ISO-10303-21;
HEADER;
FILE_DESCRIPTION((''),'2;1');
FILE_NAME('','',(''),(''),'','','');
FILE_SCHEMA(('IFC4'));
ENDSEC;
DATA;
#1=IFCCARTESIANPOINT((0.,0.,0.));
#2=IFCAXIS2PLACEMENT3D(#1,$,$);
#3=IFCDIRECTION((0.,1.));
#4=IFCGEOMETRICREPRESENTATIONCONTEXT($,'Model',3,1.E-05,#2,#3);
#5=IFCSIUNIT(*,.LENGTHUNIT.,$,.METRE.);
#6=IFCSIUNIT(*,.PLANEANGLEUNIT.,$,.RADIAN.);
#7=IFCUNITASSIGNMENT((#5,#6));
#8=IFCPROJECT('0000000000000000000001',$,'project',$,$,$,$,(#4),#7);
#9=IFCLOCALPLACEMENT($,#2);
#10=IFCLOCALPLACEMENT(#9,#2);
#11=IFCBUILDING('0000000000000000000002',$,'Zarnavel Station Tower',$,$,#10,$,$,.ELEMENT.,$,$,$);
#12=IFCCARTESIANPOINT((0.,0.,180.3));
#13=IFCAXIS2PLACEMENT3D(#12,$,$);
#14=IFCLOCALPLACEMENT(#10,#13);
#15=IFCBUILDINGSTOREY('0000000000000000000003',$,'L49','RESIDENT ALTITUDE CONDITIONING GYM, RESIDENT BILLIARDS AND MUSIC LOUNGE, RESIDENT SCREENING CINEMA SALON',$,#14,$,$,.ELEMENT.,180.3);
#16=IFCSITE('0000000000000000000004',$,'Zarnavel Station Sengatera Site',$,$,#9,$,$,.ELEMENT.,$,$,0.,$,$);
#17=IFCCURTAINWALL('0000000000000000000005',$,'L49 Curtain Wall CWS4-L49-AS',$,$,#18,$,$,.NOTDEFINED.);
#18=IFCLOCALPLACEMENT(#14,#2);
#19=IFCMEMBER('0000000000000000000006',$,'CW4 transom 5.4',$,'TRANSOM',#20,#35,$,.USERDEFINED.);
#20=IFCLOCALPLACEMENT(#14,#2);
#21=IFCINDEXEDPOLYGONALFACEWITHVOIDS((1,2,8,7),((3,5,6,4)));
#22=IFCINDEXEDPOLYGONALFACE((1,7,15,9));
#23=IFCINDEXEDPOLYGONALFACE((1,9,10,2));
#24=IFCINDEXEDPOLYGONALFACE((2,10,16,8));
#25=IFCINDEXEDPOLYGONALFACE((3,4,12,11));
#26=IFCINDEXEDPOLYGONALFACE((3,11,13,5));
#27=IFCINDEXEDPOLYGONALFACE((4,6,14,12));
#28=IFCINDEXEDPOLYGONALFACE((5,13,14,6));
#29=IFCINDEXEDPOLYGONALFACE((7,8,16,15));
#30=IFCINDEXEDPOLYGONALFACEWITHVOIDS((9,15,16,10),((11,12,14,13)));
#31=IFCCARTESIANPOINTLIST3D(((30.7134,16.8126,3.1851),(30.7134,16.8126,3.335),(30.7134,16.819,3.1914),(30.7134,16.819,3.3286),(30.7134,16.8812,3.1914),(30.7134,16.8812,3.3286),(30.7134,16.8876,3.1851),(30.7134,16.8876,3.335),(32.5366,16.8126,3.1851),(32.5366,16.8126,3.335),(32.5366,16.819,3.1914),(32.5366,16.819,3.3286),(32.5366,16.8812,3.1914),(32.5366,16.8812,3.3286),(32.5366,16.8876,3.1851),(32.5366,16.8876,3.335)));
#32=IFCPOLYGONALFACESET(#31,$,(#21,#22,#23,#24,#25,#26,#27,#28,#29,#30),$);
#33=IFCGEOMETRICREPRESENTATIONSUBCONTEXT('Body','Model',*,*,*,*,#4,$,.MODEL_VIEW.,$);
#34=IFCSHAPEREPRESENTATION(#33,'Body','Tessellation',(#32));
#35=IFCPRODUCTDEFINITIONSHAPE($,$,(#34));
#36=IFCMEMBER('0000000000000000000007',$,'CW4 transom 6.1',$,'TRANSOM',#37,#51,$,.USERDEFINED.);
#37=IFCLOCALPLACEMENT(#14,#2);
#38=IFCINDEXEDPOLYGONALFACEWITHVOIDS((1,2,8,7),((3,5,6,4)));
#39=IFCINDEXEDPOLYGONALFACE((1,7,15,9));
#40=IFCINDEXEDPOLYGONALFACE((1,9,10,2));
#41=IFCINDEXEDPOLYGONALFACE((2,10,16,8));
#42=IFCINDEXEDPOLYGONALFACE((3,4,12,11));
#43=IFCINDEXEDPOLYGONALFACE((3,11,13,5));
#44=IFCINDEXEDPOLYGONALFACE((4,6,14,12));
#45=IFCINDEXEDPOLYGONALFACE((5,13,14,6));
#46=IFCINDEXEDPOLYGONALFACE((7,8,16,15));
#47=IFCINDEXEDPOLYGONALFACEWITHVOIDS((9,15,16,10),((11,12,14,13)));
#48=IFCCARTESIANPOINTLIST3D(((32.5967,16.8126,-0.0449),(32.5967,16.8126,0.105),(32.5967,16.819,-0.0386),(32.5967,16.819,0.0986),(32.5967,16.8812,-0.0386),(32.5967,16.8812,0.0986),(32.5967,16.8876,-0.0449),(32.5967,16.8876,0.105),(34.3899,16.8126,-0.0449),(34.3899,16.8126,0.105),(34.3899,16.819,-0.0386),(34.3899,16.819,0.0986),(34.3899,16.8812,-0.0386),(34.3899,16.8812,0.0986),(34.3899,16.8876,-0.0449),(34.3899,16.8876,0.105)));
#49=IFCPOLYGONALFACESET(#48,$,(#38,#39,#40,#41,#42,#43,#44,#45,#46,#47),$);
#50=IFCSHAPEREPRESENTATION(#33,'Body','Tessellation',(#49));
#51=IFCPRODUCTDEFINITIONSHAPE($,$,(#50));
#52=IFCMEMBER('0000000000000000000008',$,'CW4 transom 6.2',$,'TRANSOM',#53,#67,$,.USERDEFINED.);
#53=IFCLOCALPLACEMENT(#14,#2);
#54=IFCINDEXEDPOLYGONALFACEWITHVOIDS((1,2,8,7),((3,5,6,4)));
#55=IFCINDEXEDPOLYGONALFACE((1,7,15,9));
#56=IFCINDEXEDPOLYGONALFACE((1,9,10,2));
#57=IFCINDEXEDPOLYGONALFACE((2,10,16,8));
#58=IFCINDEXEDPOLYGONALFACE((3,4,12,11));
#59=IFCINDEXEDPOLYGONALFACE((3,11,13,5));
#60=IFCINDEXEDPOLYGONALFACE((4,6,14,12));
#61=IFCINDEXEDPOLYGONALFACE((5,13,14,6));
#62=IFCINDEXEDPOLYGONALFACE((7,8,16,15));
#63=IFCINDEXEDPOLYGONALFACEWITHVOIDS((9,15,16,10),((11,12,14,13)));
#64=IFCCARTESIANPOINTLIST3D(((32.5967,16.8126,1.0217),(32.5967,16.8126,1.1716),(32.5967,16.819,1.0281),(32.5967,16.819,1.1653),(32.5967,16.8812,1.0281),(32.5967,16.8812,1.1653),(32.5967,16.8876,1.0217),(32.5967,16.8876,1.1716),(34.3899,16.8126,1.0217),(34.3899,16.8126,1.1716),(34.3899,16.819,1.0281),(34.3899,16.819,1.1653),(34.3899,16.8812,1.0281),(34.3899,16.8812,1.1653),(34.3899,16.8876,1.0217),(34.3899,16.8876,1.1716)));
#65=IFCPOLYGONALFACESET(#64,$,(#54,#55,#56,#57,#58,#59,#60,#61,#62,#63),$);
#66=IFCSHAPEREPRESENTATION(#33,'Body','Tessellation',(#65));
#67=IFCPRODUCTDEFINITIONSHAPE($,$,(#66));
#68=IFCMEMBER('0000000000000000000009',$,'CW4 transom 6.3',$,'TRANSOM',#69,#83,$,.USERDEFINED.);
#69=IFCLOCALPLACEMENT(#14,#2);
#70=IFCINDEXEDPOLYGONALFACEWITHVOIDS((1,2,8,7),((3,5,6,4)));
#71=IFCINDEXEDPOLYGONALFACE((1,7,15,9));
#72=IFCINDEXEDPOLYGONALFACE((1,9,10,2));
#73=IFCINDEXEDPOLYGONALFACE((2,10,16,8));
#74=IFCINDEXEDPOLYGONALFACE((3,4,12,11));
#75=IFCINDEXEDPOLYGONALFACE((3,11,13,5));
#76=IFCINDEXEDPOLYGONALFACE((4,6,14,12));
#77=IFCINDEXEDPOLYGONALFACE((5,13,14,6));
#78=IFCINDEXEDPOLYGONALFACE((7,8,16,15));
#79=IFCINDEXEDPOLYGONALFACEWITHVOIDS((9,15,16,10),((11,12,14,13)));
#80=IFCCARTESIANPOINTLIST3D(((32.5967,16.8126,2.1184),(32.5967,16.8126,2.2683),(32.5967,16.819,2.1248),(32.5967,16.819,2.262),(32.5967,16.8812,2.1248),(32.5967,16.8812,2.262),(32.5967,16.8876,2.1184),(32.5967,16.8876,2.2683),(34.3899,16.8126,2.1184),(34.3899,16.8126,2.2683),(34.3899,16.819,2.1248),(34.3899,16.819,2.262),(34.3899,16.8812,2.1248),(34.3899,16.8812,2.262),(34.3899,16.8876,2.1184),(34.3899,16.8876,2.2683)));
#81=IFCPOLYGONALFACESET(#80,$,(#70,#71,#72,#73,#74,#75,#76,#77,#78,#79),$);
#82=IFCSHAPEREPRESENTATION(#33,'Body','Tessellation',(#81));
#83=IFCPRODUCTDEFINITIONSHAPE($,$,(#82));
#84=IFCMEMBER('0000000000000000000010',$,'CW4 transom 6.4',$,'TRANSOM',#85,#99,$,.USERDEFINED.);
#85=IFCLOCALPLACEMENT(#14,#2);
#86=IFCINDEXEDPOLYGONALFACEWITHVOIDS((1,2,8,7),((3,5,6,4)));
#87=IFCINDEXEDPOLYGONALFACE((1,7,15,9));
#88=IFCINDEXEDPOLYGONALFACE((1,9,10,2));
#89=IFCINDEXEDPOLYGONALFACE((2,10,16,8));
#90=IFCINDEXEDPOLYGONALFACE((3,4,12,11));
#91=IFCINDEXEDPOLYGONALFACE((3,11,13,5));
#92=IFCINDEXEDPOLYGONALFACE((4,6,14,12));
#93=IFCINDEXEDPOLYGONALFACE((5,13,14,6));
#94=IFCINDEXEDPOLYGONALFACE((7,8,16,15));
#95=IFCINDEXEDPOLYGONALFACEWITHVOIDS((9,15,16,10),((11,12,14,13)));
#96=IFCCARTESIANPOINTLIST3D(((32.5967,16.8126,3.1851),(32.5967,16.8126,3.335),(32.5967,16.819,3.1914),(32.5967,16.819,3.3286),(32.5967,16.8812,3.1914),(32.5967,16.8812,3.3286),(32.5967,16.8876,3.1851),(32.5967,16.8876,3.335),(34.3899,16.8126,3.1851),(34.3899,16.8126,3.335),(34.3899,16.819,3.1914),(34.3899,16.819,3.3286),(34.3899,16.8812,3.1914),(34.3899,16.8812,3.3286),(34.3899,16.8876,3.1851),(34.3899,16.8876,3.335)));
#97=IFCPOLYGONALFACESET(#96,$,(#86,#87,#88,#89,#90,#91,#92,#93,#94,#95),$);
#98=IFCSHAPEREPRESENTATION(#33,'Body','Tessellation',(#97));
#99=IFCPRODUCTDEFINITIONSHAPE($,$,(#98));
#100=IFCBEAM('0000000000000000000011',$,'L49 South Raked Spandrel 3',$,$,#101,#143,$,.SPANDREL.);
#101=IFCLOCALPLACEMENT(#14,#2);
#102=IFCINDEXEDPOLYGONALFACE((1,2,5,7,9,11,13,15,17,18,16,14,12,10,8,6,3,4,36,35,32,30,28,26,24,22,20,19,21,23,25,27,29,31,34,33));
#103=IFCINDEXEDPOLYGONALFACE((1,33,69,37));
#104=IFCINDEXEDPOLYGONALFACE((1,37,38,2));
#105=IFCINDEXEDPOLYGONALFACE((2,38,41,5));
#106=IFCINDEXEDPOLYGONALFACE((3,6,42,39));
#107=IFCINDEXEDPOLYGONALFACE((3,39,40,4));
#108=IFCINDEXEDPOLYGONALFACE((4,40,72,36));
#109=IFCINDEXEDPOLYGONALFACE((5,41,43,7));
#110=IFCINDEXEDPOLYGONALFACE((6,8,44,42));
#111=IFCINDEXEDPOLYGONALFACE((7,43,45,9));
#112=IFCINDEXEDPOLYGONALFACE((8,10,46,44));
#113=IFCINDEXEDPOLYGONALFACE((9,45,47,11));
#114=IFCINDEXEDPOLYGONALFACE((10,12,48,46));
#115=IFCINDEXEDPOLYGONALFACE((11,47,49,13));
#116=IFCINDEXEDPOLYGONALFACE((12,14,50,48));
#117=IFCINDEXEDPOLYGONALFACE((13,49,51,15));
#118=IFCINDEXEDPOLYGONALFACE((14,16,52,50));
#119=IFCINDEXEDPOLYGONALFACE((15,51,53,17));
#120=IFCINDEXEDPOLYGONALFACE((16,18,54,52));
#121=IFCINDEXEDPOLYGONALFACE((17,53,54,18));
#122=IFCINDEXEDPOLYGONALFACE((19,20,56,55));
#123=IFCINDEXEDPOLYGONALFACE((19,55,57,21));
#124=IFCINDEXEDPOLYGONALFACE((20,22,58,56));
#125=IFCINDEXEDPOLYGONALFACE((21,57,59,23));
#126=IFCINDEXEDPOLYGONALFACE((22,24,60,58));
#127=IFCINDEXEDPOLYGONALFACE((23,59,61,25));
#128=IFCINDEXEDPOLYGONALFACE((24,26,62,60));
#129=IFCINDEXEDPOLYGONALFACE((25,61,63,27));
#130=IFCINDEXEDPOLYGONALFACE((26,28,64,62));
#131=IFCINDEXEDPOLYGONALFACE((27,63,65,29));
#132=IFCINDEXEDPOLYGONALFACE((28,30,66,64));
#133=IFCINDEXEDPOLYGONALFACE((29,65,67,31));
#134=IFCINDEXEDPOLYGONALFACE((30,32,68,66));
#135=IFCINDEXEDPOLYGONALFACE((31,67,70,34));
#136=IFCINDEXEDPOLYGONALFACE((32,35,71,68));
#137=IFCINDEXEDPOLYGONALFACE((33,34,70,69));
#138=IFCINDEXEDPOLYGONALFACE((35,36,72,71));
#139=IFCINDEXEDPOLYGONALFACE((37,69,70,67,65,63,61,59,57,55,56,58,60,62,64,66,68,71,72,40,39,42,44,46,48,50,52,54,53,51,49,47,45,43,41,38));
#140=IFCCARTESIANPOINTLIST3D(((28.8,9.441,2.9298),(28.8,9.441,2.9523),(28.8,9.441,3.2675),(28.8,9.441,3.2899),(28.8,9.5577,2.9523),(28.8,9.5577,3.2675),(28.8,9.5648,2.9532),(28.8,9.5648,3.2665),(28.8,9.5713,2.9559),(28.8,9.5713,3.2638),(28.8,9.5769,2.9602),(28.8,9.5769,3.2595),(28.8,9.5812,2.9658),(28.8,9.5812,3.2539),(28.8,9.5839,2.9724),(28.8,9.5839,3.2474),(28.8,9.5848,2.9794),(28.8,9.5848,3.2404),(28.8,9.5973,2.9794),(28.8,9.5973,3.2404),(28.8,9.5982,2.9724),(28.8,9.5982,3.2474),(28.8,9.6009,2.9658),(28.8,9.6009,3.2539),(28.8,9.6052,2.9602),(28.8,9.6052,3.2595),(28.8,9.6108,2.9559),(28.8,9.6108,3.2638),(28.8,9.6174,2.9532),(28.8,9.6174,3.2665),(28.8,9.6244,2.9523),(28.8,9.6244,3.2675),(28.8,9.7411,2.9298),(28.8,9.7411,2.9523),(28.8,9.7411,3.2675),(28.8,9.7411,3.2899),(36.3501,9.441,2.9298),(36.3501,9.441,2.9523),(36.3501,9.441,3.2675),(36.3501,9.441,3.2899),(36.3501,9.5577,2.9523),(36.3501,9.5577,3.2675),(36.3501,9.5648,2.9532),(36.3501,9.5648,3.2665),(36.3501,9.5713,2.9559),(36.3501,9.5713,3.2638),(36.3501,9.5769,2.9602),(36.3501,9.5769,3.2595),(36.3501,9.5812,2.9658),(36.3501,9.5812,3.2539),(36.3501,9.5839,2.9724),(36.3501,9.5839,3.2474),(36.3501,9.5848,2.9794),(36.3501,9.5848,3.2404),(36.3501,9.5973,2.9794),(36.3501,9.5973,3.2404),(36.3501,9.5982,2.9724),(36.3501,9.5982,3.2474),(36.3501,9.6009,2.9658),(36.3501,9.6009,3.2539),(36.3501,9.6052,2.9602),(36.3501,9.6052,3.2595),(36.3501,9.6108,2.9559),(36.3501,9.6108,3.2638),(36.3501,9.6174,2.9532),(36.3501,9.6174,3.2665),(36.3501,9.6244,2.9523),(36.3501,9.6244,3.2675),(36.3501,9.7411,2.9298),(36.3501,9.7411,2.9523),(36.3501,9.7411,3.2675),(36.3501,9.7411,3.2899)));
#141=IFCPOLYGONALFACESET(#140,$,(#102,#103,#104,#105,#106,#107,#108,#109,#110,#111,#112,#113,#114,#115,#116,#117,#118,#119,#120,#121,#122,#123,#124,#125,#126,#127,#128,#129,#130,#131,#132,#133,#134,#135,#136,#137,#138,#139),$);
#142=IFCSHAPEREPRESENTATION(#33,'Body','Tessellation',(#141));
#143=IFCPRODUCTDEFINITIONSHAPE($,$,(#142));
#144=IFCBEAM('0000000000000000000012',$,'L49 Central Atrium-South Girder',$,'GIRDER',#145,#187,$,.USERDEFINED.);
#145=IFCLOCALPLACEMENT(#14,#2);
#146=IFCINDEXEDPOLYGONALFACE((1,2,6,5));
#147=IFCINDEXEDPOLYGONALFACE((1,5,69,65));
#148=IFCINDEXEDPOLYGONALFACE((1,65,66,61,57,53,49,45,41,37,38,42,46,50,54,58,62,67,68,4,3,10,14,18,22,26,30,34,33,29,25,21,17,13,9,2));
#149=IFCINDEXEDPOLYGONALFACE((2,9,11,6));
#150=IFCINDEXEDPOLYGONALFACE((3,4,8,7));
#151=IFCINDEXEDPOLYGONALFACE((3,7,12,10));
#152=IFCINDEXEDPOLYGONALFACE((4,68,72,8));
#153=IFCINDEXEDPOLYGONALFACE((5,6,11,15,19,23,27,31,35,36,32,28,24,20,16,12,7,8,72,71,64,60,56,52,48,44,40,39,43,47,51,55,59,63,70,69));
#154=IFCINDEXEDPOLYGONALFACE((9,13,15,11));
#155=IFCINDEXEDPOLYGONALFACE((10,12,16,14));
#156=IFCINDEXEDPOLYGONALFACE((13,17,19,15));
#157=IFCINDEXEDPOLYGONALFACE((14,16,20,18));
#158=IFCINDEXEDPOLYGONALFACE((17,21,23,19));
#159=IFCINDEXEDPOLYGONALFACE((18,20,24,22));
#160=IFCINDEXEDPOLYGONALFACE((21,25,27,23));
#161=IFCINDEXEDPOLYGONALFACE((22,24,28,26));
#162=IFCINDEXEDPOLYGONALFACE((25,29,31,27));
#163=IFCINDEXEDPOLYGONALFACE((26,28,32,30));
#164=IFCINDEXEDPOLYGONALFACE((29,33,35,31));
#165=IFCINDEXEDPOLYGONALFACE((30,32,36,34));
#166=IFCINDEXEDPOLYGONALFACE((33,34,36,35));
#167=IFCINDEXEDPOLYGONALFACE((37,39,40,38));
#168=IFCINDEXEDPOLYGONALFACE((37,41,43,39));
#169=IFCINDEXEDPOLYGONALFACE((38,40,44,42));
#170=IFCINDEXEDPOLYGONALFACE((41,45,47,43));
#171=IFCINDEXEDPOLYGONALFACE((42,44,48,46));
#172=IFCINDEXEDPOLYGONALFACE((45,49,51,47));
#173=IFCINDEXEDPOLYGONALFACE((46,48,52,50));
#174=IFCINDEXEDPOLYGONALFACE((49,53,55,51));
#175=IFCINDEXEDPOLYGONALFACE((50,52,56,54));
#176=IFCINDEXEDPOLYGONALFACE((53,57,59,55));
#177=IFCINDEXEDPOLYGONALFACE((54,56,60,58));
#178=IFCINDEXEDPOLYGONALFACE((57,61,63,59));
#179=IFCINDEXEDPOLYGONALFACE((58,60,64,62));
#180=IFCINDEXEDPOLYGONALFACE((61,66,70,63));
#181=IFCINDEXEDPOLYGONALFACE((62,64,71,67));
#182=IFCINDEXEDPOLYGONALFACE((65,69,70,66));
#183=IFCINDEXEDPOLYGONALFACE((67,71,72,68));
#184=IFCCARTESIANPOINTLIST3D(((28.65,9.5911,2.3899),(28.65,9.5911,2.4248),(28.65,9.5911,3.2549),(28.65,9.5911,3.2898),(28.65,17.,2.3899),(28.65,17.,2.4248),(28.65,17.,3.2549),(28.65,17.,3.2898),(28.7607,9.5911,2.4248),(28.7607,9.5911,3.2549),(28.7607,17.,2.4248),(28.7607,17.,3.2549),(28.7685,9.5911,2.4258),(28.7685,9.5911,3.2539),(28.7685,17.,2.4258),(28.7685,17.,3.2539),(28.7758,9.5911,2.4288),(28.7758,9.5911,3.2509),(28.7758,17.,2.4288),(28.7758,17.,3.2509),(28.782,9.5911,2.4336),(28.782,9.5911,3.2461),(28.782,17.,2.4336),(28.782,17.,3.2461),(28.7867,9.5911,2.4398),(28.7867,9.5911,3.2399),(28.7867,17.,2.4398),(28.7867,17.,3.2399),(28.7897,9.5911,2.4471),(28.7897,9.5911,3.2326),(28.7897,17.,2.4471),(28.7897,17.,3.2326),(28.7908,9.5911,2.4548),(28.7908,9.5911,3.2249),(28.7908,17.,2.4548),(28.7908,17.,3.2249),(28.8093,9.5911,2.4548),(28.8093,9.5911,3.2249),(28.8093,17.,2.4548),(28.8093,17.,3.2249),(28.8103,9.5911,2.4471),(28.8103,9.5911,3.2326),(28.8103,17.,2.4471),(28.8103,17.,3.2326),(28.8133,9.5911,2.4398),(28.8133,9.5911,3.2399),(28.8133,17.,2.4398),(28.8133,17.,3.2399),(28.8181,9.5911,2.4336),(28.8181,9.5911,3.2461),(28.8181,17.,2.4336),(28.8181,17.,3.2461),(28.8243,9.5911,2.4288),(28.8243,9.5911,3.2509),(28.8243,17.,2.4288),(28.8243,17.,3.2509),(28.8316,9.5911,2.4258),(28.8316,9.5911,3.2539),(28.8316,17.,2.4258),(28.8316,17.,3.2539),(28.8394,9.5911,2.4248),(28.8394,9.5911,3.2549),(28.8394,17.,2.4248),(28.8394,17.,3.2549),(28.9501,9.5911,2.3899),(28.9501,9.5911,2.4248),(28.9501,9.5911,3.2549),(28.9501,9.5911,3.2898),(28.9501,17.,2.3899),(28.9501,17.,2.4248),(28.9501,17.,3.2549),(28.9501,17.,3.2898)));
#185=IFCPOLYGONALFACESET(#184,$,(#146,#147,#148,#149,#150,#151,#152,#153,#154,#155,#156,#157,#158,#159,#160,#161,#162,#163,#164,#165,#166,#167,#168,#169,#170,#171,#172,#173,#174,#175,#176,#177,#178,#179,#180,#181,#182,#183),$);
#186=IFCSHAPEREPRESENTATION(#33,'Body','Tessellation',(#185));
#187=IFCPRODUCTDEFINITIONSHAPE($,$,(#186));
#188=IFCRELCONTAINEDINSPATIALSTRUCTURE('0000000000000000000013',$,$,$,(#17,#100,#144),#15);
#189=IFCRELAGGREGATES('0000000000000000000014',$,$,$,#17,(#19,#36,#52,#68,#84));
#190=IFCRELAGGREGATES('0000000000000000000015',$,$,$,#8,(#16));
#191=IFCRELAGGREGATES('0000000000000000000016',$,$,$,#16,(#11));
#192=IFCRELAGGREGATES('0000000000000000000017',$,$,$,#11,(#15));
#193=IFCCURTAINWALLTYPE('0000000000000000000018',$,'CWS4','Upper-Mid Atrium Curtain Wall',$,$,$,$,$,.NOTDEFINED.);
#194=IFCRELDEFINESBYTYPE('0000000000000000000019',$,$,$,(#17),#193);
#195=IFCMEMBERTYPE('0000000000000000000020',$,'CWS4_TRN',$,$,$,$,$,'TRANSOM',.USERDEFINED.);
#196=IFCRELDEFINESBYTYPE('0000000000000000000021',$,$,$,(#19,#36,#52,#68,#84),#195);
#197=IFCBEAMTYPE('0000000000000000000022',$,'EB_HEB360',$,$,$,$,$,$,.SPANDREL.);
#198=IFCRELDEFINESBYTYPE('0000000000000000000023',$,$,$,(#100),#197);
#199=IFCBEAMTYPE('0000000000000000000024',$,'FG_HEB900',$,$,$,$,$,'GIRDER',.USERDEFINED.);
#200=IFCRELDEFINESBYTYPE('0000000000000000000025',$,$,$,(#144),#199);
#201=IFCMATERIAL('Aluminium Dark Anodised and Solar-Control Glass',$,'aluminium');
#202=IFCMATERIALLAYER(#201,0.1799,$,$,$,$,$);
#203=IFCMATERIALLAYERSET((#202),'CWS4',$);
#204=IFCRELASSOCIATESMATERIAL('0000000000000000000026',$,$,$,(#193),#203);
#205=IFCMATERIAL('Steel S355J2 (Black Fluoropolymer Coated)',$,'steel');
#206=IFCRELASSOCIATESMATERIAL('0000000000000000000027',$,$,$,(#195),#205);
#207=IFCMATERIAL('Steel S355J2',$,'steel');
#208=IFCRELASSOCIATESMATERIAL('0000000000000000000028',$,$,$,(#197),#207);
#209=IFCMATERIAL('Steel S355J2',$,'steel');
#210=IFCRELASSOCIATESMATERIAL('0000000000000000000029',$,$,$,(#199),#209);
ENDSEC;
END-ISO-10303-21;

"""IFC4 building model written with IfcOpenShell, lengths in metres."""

from ifc_helpers import new_model, si_unit, direction, frame, origin, origin_2d, place, context, subcontext, project, spatial, hollow_rectangle, i_section, extrude, material, layer, layer_set, material_profile, profile_set, type_object, element, aggregate, save


model = new_model("IFC4")

# Units and contexts
model_context = context("Model", 3, precision=1e-05, world=origin(), true_north=direction((0.0, 1.0)))
body_context = subcontext(model_context, "Body", "Model", "MODEL_VIEW")
ifc_project = project(units=[si_unit("LENGTHUNIT", "METRE"), si_unit("PLANEANGLEUNIT", "RADIAN")], contexts=[model_context])

# Site, building, storey
site_placement = place(None, origin())
site = spatial("IfcSite", under=ifc_project, at=site_placement, Name="Zarnavel Station Sengatera Site", CompositionType="ELEMENT", RefElevation=0.0)
building_placement = place(site_placement, origin())
building = spatial("IfcBuilding", under=site, at=building_placement, Name="Zarnavel Station Tower", CompositionType="ELEMENT")
storey_placement = place(building_placement, frame((0.0, 0.0, 180.3)))
storey = spatial("IfcBuildingStorey", under=building, at=storey_placement, Name="L49", Description="RESIDENT ALTITUDE CONDITIONING GYM, RESIDENT BILLIARDS AND MUSIC LOUNGE, RESIDENT SCREENING CINEMA SALON", CompositionType="ELEMENT", Elevation=180.3)

# Curtain wall, members
ifc_material_1 = material(Name="Aluminium Dark Anodised and Solar-Control Glass", Category="aluminium")
ifc_layer_1 = layer(ifc_material_1, 0.1799)
ifc_layer_set_1 = layer_set([ifc_layer_1], Name="CWS4")
curtain_wall_type = type_object("IfcCurtainWallType", Name="CWS4", Description="Upper-Mid Atrium Curtain Wall", PredefinedType="NOTDEFINED", material=ifc_layer_set_1)
curtain_wall_placement = place(storey_placement, origin())
curtain_wall = element("IfcCurtainWall", 1, at=curtain_wall_placement, inside=storey, type_object=curtain_wall_type, Name="L49 Curtain Wall CWS4-L49-AS", PredefinedType="NOTDEFINED")
ifc_material_2 = material(Name="Steel S355J2 (Black Fluoropolymer Coated)", Category="steel")
ifc_material_profile_1 = material_profile(ifc_material_2, hollow_rectangle(XDim=0.075, YDim=0.1499, WallThickness=0.0063, at=origin_2d()), Name="RHS150x75x6.3")
ifc_profile_set_1 = profile_set([ifc_material_profile_1], Name="Steel S355J2 (Black Fluoropolymer Coated)")
member_type_1 = type_object("IfcMemberType", Name="CWS4_TRN", ElementType="TRANSOM", PredefinedType="USERDEFINED", material=ifc_profile_set_1)
member_1_placement = place(storey_placement, frame((30.7134, 16.8501, 3.26), z_axis=(1.0, 0.0, 0.0), x_axis=(0.0, 1.0, 0.0)))
member_1 = element("IfcMember", 2, at=member_1_placement, type_object=member_type_1, Name="CW4 transom 5.4", ObjectType="TRANSOM", PredefinedType="USERDEFINED", context=body_context, shape_type="SweptSolid", body=[
    extrude(hollow_rectangle(XDim=0.075, YDim=0.1499, WallThickness=0.0063, at=origin_2d()), origin(), (0.0, 0.0, 1.0), 1.8232),
])
member_2_placement = place(storey_placement, frame((32.5967, 16.8501, 0.03), z_axis=(1.0, 0.0, 0.0), x_axis=(0.0, 1.0, 0.0)))
member_2 = element("IfcMember", 3, at=member_2_placement, type_object=member_type_1, Name="CW4 transom 6.1", ObjectType="TRANSOM", PredefinedType="USERDEFINED", context=body_context, shape_type="SweptSolid", body=[
    extrude(hollow_rectangle(XDim=0.075, YDim=0.1499, WallThickness=0.0063, at=origin_2d()), origin(), (0.0, 0.0, 1.0), 1.7932),
])
member_3_placement = place(storey_placement, frame((32.5967, 16.8501, 1.0967), z_axis=(1.0, 0.0, 0.0), x_axis=(0.0, 1.0, 0.0)))
member_3 = element("IfcMember", 4, at=member_3_placement, type_object=member_type_1, Name="CW4 transom 6.2", ObjectType="TRANSOM", PredefinedType="USERDEFINED", context=body_context, shape_type="SweptSolid", body=[
    extrude(hollow_rectangle(XDim=0.075, YDim=0.1499, WallThickness=0.0063, at=origin_2d()), origin(), (0.0, 0.0, 1.0), 1.7932),
])
member_4_placement = place(storey_placement, frame((32.5967, 16.8501, 2.1934), z_axis=(1.0, 0.0, 0.0), x_axis=(0.0, 1.0, 0.0)))
member_4 = element("IfcMember", 5, at=member_4_placement, type_object=member_type_1, Name="CW4 transom 6.3", ObjectType="TRANSOM", PredefinedType="USERDEFINED", context=body_context, shape_type="SweptSolid", body=[
    extrude(hollow_rectangle(XDim=0.075, YDim=0.1499, WallThickness=0.0063, at=origin_2d()), origin(), (0.0, 0.0, 1.0), 1.7932),
])
member_5_placement = place(storey_placement, frame((32.5967, 16.8501, 3.26), z_axis=(1.0, 0.0, 0.0), x_axis=(0.0, 1.0, 0.0)))
member_5 = element("IfcMember", 6, at=member_5_placement, type_object=member_type_1, Name="CW4 transom 6.4", ObjectType="TRANSOM", PredefinedType="USERDEFINED", context=body_context, shape_type="SweptSolid", body=[
    extrude(hollow_rectangle(XDim=0.075, YDim=0.1499, WallThickness=0.0063, at=origin_2d()), origin(), (0.0, 0.0, 1.0), 1.7932),
])

# Beams
ifc_material_3 = material(Name="Steel S355J2", Category="steel")
ifc_material_profile_2 = material_profile(ifc_material_3, i_section(OverallWidth=0.3, OverallDepth=0.3601, WebThickness=0.0125, FlangeThickness=0.0225, FilletRadius=0.0271, at=origin_2d()), Name="HEB360")
ifc_profile_set_2 = profile_set([ifc_material_profile_2], Name="Steel S355J2")
beam_type_1 = type_object("IfcBeamType", Name="EB_HEB360", PredefinedType="SPANDREL", material=ifc_profile_set_2)
beam_1_placement = place(storey_placement, frame((28.8, 9.5911, 3.1099), z_axis=(1.0, 0.0, 0.0), x_axis=(0.0, 1.0, 0.0)))
element("IfcBeam", 7, at=beam_1_placement, inside=storey, type_object=beam_type_1, Name="L49 South Raked Spandrel 3", PredefinedType="SPANDREL", context=body_context, shape_type="SweptSolid", body=[
    extrude(i_section(OverallWidth=0.3, OverallDepth=0.3601, WebThickness=0.0125, FlangeThickness=0.0225, FilletRadius=0.0271, at=origin_2d()), origin(), (0.0, 0.0, 1.0), 7.55),
])
ifc_material_4 = material(Name="Steel S355J2", Category="steel")
ifc_material_profile_3 = material_profile(ifc_material_4, i_section(OverallWidth=0.3, OverallDepth=0.8999, WebThickness=0.0186, FlangeThickness=0.0349, FilletRadius=0.03, at=origin_2d()), Name="HEB900")
ifc_profile_set_3 = profile_set([ifc_material_profile_3], Name="Steel S355J2")
beam_type_2 = type_object("IfcBeamType", Name="FG_HEB900", ElementType="GIRDER", PredefinedType="USERDEFINED", material=ifc_profile_set_3)
beam_2_placement = place(storey_placement, frame((28.8, 9.5911, 2.8398), z_axis=(0.0, 1.0, 0.0), x_axis=(-1.0, 0.0, 0.0)))
element("IfcBeam", 8, at=beam_2_placement, inside=storey, type_object=beam_type_2, Name="L49 Central Atrium-South Girder", ObjectType="GIRDER", PredefinedType="USERDEFINED", context=body_context, shape_type="SweptSolid", body=[
    extrude(i_section(OverallWidth=0.3, OverallDepth=0.8999, WebThickness=0.0186, FlangeThickness=0.0349, FilletRadius=0.03, at=origin_2d()), origin(), (0.0, 0.0, 1.0), 7.4089),
])

aggregate(curtain_wall, [member_1, member_2, member_3, member_4, member_5])

save(model, "model.ifc")
